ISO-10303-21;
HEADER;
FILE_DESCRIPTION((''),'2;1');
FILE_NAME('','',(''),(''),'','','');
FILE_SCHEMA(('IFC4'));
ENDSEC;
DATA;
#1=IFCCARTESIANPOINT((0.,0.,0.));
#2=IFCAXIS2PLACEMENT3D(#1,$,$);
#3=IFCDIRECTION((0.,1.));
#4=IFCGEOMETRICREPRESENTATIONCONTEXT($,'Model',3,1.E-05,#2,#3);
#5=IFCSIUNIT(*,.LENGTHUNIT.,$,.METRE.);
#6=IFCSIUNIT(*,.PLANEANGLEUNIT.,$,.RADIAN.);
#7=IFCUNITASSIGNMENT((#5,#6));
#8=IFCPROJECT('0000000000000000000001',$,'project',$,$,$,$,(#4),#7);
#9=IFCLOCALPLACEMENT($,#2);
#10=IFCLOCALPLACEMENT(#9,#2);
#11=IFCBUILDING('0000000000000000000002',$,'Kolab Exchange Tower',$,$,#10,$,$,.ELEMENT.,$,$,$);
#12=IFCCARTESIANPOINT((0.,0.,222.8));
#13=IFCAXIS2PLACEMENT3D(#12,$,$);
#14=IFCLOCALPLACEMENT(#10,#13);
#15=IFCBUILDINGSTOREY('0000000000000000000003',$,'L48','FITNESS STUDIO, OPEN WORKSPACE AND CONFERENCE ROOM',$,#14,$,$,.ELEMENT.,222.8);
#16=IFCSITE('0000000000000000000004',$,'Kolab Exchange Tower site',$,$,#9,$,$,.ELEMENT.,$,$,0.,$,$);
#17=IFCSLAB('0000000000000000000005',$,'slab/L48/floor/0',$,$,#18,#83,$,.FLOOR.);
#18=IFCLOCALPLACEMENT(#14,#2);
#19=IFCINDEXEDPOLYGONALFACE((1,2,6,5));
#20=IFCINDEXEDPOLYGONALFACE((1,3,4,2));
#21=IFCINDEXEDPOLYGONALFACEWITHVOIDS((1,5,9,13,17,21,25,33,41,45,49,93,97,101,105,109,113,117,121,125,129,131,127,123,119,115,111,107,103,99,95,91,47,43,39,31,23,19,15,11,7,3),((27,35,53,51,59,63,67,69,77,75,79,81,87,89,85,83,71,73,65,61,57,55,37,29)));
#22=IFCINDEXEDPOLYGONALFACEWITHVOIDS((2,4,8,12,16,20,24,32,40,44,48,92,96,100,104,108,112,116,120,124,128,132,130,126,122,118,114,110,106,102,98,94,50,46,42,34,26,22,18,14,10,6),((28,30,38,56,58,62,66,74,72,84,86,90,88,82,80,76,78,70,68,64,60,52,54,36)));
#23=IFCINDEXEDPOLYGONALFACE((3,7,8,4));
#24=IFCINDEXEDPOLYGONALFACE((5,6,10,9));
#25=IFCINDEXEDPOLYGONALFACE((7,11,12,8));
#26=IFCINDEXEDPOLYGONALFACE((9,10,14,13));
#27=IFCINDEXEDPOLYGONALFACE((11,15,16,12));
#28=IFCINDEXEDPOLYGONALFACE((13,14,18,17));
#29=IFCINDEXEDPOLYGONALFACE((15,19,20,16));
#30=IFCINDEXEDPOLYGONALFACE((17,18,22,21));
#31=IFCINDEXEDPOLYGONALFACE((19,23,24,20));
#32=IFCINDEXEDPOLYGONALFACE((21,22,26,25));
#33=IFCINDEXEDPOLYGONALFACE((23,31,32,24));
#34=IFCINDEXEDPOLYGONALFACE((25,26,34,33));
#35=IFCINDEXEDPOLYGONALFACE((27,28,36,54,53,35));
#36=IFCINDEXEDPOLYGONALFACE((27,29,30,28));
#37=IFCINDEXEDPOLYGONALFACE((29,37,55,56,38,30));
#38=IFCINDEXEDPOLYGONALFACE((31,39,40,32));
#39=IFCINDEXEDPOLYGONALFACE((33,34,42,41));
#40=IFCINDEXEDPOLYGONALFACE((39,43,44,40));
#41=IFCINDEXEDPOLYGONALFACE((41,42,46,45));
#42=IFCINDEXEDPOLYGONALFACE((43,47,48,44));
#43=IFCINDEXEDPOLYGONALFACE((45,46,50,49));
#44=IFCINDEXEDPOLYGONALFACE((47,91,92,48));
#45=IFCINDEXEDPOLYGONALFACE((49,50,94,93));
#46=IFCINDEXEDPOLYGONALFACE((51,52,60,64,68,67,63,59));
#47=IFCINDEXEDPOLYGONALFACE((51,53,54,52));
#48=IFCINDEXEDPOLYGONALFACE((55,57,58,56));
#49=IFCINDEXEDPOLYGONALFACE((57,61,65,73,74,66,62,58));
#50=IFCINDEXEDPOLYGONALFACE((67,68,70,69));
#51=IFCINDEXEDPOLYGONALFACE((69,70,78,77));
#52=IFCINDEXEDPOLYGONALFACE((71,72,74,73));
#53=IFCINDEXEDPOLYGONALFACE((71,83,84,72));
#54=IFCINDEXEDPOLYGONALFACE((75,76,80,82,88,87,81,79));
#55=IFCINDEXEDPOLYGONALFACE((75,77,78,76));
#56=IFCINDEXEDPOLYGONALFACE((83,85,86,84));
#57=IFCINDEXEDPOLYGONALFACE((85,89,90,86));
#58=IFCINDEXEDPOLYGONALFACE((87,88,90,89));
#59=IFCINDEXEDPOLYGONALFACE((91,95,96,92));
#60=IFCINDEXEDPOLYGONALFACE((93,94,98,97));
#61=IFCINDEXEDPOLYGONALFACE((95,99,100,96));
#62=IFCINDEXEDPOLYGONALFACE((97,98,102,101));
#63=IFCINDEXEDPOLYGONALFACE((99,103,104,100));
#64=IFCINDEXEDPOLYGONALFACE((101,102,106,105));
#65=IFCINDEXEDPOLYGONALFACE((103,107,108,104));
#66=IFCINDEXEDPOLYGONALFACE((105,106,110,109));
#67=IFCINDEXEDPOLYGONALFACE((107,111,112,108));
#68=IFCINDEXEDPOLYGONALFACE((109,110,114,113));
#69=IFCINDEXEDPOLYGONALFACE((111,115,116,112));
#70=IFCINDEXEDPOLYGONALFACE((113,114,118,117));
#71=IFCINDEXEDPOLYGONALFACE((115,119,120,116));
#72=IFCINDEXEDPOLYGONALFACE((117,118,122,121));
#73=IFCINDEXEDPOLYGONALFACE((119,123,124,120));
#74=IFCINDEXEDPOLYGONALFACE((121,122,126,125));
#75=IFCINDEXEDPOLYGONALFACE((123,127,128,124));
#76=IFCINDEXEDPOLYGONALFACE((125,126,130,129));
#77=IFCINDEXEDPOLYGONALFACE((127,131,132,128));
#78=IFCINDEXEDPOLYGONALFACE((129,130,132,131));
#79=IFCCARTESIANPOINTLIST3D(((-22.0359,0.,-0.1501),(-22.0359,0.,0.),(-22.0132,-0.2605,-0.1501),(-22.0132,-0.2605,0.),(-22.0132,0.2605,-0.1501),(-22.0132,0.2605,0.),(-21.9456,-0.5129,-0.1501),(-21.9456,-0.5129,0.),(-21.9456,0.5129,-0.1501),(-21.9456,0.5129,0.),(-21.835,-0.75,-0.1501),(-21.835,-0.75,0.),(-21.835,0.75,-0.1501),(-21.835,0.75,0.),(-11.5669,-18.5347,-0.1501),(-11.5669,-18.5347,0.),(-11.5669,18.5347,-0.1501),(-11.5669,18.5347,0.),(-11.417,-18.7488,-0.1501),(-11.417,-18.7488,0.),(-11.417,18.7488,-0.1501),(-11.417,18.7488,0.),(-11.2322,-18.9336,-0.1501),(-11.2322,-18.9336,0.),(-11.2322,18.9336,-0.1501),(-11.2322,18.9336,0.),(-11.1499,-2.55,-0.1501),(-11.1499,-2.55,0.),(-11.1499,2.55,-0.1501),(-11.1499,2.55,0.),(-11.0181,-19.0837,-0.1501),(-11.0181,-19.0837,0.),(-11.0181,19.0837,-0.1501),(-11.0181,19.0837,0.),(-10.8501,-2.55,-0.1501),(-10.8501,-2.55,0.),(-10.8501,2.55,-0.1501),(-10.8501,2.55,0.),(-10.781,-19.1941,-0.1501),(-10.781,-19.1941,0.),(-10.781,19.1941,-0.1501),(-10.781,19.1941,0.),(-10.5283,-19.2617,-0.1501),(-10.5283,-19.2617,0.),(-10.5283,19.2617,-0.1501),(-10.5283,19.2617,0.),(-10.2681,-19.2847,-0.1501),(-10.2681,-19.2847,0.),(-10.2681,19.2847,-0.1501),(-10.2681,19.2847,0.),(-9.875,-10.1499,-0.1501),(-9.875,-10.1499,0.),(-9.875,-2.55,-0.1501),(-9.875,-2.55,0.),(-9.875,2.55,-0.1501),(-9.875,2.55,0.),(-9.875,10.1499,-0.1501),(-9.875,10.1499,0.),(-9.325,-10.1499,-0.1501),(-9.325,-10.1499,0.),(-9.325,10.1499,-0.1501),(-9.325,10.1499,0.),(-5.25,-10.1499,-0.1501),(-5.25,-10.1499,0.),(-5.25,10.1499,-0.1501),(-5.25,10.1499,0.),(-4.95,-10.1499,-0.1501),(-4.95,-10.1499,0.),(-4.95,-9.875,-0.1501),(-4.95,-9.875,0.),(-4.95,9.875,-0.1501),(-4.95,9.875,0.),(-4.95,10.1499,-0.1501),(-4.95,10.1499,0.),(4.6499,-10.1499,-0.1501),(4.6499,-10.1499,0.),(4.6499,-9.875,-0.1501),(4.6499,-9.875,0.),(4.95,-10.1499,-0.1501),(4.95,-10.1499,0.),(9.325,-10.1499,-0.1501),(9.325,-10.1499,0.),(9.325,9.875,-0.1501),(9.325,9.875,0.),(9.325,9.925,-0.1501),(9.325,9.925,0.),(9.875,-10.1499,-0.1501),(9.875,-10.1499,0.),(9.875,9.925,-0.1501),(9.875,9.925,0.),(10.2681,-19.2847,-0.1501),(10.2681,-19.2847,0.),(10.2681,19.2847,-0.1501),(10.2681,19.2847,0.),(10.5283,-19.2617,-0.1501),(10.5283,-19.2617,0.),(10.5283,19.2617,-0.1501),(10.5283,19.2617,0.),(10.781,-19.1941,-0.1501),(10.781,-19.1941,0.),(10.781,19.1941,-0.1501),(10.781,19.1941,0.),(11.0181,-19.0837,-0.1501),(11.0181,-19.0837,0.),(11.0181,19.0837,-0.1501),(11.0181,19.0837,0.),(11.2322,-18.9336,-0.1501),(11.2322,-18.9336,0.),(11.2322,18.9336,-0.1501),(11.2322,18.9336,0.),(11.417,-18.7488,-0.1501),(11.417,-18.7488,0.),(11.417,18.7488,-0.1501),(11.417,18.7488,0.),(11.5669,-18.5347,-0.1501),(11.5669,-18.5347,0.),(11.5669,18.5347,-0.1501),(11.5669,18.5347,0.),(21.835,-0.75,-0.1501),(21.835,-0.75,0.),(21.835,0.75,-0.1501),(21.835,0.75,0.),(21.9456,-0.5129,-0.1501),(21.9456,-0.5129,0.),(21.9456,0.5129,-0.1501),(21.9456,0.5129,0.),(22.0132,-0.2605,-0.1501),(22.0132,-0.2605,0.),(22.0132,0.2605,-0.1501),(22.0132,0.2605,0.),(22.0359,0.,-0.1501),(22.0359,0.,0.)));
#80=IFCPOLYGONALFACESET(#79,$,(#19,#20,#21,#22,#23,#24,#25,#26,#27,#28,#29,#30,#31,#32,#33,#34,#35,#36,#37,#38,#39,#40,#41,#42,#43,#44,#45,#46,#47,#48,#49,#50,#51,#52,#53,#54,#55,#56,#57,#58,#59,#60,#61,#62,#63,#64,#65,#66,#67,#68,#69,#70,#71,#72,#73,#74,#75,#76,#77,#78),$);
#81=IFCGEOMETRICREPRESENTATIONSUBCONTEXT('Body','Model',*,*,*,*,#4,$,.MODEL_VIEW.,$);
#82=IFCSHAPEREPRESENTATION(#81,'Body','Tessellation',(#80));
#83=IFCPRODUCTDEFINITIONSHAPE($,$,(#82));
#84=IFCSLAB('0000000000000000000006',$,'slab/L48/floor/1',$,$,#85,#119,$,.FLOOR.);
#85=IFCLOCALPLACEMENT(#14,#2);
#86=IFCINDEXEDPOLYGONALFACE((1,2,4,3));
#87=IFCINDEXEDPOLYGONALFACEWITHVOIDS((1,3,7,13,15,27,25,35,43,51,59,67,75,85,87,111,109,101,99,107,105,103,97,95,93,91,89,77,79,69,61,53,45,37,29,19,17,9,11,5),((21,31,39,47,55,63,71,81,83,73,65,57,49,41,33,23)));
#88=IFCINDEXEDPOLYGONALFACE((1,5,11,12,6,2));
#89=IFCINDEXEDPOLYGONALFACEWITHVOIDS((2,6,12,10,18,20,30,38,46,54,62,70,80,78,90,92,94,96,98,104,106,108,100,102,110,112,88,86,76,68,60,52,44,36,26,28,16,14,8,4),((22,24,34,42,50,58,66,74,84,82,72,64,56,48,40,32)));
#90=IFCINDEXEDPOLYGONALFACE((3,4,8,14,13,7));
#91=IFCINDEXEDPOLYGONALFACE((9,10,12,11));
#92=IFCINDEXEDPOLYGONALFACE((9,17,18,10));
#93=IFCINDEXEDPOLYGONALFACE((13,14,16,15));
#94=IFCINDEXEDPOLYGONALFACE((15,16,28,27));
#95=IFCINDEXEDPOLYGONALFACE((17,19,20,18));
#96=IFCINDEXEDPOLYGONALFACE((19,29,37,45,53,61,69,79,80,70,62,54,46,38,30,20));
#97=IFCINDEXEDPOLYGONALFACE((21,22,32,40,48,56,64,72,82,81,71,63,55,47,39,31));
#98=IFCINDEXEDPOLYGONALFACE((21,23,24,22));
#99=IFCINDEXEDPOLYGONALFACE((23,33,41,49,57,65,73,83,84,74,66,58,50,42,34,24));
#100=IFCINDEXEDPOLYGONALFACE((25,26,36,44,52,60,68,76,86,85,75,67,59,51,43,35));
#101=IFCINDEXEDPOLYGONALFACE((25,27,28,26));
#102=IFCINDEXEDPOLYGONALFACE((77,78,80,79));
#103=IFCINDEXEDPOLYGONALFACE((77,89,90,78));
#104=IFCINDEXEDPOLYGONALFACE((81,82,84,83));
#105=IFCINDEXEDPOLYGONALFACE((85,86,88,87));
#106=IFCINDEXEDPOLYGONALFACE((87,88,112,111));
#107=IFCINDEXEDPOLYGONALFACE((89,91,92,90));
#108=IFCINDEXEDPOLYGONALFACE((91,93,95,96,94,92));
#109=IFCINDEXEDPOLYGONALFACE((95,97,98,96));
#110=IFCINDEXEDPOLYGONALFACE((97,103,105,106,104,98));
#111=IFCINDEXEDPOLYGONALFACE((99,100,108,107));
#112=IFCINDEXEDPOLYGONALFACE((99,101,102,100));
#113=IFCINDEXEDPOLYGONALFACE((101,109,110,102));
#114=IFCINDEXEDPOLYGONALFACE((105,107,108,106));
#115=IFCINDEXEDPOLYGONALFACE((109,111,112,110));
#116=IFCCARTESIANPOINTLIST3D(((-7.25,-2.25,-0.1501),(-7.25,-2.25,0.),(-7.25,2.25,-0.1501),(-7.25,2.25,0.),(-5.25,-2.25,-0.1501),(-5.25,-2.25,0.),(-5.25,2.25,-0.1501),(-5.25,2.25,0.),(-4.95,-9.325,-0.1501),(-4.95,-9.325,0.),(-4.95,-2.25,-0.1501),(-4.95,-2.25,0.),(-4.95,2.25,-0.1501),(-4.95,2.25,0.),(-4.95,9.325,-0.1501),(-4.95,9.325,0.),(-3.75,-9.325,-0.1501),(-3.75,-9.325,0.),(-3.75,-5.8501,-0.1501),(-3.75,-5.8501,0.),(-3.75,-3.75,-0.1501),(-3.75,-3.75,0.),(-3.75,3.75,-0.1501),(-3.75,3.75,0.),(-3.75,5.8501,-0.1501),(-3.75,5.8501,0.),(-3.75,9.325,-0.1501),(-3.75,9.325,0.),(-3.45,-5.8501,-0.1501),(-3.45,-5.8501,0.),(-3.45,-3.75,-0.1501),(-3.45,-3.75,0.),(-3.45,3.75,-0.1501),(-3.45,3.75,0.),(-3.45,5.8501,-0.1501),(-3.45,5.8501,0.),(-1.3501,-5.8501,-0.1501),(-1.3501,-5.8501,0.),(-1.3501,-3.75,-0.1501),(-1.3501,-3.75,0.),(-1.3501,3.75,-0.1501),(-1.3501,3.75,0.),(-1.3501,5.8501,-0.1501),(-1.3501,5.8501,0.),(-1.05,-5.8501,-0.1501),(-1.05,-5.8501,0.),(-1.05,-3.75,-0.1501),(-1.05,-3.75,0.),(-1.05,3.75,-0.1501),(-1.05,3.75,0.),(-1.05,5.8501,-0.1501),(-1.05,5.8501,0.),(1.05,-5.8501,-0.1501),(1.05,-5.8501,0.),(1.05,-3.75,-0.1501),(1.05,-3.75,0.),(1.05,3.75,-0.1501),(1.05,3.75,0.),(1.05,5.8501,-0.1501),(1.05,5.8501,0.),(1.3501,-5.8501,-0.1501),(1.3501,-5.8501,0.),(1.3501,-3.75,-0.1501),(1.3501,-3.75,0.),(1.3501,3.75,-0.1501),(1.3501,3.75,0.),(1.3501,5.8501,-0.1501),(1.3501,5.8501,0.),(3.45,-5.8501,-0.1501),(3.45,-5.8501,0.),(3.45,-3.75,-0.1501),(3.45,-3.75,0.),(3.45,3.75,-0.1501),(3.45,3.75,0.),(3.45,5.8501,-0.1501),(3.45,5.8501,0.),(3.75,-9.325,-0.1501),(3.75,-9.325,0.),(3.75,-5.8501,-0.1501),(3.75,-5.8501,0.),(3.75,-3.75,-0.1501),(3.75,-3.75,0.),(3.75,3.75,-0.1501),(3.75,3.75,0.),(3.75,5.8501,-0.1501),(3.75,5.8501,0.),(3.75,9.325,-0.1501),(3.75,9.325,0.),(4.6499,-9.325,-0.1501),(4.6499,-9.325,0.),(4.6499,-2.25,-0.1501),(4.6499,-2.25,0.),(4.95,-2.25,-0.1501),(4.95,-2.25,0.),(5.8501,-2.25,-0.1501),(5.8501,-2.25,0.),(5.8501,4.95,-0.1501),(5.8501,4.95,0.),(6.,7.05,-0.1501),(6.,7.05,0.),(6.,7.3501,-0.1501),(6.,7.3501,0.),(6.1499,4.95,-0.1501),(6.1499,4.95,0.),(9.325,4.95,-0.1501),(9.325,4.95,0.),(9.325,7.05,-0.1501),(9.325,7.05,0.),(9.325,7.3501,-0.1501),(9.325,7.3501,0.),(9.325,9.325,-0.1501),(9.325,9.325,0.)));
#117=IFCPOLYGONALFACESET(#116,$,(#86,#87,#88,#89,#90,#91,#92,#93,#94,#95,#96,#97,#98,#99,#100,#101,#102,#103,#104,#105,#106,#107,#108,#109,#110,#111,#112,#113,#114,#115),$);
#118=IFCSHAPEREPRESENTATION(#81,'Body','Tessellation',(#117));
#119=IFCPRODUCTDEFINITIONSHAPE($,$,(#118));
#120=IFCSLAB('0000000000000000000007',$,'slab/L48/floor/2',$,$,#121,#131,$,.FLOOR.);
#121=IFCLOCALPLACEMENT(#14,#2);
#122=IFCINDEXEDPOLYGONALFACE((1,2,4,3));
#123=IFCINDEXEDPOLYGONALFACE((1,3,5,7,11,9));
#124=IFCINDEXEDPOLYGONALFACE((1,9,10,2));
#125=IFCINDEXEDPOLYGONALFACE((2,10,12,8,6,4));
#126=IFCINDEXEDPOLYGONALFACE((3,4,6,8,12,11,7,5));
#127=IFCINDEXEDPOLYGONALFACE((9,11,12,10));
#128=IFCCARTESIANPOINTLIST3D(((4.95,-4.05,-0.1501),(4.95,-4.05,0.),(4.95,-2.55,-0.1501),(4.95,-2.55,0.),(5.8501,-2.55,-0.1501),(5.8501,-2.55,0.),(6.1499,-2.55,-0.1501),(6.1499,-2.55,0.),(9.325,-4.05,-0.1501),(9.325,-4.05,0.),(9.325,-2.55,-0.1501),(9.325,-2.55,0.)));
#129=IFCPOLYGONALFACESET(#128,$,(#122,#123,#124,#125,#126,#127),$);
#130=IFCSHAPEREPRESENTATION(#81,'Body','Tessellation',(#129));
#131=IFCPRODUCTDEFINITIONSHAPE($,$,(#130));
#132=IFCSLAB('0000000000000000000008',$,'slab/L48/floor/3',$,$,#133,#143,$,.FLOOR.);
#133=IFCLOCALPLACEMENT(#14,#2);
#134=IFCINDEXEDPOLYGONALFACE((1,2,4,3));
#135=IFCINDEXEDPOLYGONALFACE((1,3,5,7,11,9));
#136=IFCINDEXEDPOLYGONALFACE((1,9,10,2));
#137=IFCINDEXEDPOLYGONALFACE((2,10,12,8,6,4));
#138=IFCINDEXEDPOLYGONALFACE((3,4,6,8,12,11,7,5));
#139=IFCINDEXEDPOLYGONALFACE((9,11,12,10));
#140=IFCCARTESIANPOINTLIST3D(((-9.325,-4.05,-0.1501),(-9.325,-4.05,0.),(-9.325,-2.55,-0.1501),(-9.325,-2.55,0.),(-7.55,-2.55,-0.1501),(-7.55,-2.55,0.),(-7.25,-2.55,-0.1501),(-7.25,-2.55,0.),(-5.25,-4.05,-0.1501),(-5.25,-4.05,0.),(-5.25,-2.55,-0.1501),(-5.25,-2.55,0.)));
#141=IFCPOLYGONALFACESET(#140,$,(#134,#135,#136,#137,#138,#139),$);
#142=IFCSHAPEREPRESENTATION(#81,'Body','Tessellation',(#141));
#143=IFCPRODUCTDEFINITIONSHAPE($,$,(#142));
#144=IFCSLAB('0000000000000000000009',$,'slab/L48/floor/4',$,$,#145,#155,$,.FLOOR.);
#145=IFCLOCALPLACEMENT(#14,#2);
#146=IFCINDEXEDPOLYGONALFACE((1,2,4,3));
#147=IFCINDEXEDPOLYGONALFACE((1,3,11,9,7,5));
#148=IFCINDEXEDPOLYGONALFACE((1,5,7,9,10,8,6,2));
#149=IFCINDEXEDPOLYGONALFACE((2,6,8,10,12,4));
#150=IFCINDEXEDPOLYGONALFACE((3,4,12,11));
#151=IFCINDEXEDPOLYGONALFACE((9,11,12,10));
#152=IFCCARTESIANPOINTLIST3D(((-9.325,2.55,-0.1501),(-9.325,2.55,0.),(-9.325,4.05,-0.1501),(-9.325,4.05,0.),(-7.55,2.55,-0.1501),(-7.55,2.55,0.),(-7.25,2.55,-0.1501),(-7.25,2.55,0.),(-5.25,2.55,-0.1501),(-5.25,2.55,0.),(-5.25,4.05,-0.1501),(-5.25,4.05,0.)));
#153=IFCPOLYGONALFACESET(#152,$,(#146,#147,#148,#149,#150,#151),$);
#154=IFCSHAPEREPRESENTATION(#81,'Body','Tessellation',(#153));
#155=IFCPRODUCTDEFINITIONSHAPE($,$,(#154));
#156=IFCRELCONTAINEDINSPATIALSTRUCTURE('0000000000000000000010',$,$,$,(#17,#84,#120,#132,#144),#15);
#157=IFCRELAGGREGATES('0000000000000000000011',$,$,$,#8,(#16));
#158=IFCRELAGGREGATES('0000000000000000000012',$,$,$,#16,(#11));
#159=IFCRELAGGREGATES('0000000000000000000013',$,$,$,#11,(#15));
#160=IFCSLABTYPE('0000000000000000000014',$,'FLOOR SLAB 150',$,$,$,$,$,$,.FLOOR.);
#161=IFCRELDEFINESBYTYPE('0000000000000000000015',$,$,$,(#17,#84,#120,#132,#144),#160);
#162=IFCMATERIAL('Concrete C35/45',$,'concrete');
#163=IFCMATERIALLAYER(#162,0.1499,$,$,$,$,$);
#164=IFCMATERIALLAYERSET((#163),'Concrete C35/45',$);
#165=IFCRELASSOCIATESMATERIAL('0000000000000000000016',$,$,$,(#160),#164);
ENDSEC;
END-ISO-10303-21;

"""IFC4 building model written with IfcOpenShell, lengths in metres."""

from ifc_helpers import new_model, si_unit, direction, frame, origin, place, context, subcontext, project, spatial, polyline, outline, extrude, material, layer, layer_set, type_object, element, save


model = new_model("IFC4")

# Units and contexts
model_context = context("Model", 3, precision=1e-05, world=origin(), true_north=direction((0.0, 1.0)))
body_context = subcontext(model_context, "Body", "Model", "MODEL_VIEW")
ifc_project = project(units=[si_unit("LENGTHUNIT", "METRE"), si_unit("PLANEANGLEUNIT", "RADIAN")], contexts=[model_context])

# Site, building, storey
site_placement = place(None, origin())
site = spatial("IfcSite", under=ifc_project, at=site_placement, Name="Kolab Exchange Tower site", CompositionType="ELEMENT", RefElevation=0.0)
building_placement = place(site_placement, origin())
building = spatial("IfcBuilding", under=site, at=building_placement, Name="Kolab Exchange Tower", CompositionType="ELEMENT")
storey_placement = place(building_placement, frame((0.0, 0.0, 222.8)))
storey = spatial("IfcBuildingStorey", under=building, at=storey_placement, Name="L48", Description="FITNESS STUDIO, OPEN WORKSPACE AND CONFERENCE ROOM", CompositionType="ELEMENT", Elevation=222.8)

# Slabs
ifc_material_1 = material(Name="Concrete C35/45", Category="concrete")
ifc_layer_1 = layer(ifc_material_1, 0.1499)
ifc_layer_set_1 = layer_set([ifc_layer_1], Name="Concrete C35/45")
slab_type_1 = type_object("IfcSlabType", Name="FLOOR SLAB 150", PredefinedType="FLOOR", material=ifc_layer_set_1)
slab_1_placement = place(storey_placement, frame((0.0, 0.0, -0.1501)))
element("IfcSlab", 1, at=slab_1_placement, inside=storey, type_object=slab_type_1, Name="slab/L48/floor/0", PredefinedType="FLOOR", context=body_context, shape_type="SweptSolid", body=[
    extrude(outline(polyline([(11.5669, -18.5347), (21.835, -0.75), (21.9456, -0.5129), (22.0132, -0.2605), (22.0359, 0.0), (22.0132, 0.2605), (21.9456, 0.5129), (21.835, 0.75), (11.5669, 18.5347), (11.417, 18.7488), (11.2322, 18.9336), (11.0181, 19.0837), (10.781, 19.1941), (10.5283, 19.2617), (10.2681, 19.2847), (-10.2681, 19.2847), (-10.5283, 19.2617), (-10.781, 19.1941), (-11.0181, 19.0837), (-11.2322, 18.9336), (-11.417, 18.7488), (-11.5669, 18.5347), (-21.835, 0.75), (-21.9456, 0.5129), (-22.0132, 0.2605), (-22.0359, 0.0), (-22.0132, -0.2605), (-21.9456, -0.5129), (-21.835, -0.75), (-11.5669, -18.5347), (-11.417, -18.7488), (-11.2322, -18.9336), (-11.0181, -19.0837), (-10.781, -19.1941), (-10.5283, -19.2617), (-10.2681, -19.2847), (10.2681, -19.2847), (10.5283, -19.2617), (10.781, -19.1941), (11.0181, -19.0837), (11.2322, -18.9336), (11.417, -18.7488), (11.5669, -18.5347)]), holes=[polyline([(-9.325, -10.1499), (-9.875, -10.1499), (-9.875, -2.55), (-10.8501, -2.55), (-11.1499, -2.55), (-11.1499, 2.55), (-10.8501, 2.55), (-9.875, 2.55), (-9.875, 10.1499), (-9.325, 10.1499), (-5.25, 10.1499), (-4.95, 10.1499), (-4.95, 9.875), (9.325, 9.875), (9.325, 9.925), (9.875, 9.925), (9.875, -10.1499), (9.325, -10.1499), (4.95, -10.1499), (4.6499, -10.1499), (4.6499, -9.875), (-4.95, -9.875), (-4.95, -10.1499), (-5.25, -10.1499), (-9.325, -10.1499)])]), origin(), (0.0, 0.0, 1.0), 0.1501),
])
slab_2_placement = place(storey_placement, frame((0.0, 0.0, -0.1501)))
element("IfcSlab", 2, at=slab_2_placement, inside=storey, type_object=slab_type_1, Name="slab/L48/floor/1", PredefinedType="FLOOR", context=body_context, shape_type="SweptSolid", body=[
    extrude(outline(polyline([(-4.95, 9.325), (-4.95, 2.25), (-5.25, 2.25), (-7.25, 2.25), (-7.25, -2.25), (-5.25, -2.25), (-4.95, -2.25), (-4.95, -9.325), (-3.75, -9.325), (-3.75, -5.8501), (-3.45, -5.8501), (-1.3501, -5.8501), (-1.05, -5.8501), (1.05, -5.8501), (1.3501, -5.8501), (3.45, -5.8501), (3.75, -5.8501), (3.75, -9.325), (4.6499, -9.325), (4.6499, -2.25), (4.95, -2.25), (5.8501, -2.25), (5.8501, 4.95), (6.1499, 4.95), (9.325, 4.95), (9.325, 7.05), (6.0, 7.05), (6.0, 7.3501), (9.325, 7.3501), (9.325, 9.325), (3.75, 9.325), (3.75, 5.8501), (3.45, 5.8501), (1.3501, 5.8501), (1.05, 5.8501), (-1.05, 5.8501), (-1.3501, 5.8501), (-3.45, 5.8501), (-3.75, 5.8501), (-3.75, 9.325), (-4.95, 9.325)]), holes=[polyline([(-3.45, -3.75), (-3.75, -3.75), (-3.75, 3.75), (-3.45, 3.75), (-1.3501, 3.75), (-1.05, 3.75), (1.05, 3.75), (1.3501, 3.75), (3.45, 3.75), (3.75, 3.75), (3.75, -3.75), (3.45, -3.75), (1.3501, -3.75), (1.05, -3.75), (-1.05, -3.75), (-1.3501, -3.75), (-3.45, -3.75)])]), origin(), (0.0, 0.0, 1.0), 0.1501),
])
slab_3_placement = place(storey_placement, frame((0.0, 0.0, -0.1501)))
element("IfcSlab", 3, at=slab_3_placement, inside=storey, type_object=slab_type_1, Name="slab/L48/floor/2", PredefinedType="FLOOR", context=body_context, shape_type="SweptSolid", body=[
    extrude(outline(polyline([(4.95, -2.55), (4.95, -4.05), (9.325, -4.05), (9.325, -2.55), (6.1499, -2.55), (5.8501, -2.55), (4.95, -2.55)])), origin(), (0.0, 0.0, 1.0), 0.1501),
])
slab_4_placement = place(storey_placement, frame((0.0, 0.0, -0.1501)))
element("IfcSlab", 4, at=slab_4_placement, inside=storey, type_object=slab_type_1, Name="slab/L48/floor/3", PredefinedType="FLOOR", context=body_context, shape_type="SweptSolid", body=[
    extrude(outline(polyline([(-7.55, -2.55), (-9.325, -2.55), (-9.325, -4.05), (-5.25, -4.05), (-5.25, -2.55), (-7.25, -2.55), (-7.55, -2.55)])), origin(), (0.0, 0.0, 1.0), 0.1501),
])
slab_5_placement = place(storey_placement, frame((0.0, 0.0, -0.1501)))
element("IfcSlab", 5, at=slab_5_placement, inside=storey, type_object=slab_type_1, Name="slab/L48/floor/4", PredefinedType="FLOOR", context=body_context, shape_type="SweptSolid", body=[
    extrude(outline(polyline([(-9.325, 4.05), (-9.325, 2.55), (-7.55, 2.55), (-7.25, 2.55), (-5.25, 2.55), (-5.25, 4.05), (-9.325, 4.05)])), origin(), (0.0, 0.0, 1.0), 0.1501),
])

save(model, "model.ifc")
